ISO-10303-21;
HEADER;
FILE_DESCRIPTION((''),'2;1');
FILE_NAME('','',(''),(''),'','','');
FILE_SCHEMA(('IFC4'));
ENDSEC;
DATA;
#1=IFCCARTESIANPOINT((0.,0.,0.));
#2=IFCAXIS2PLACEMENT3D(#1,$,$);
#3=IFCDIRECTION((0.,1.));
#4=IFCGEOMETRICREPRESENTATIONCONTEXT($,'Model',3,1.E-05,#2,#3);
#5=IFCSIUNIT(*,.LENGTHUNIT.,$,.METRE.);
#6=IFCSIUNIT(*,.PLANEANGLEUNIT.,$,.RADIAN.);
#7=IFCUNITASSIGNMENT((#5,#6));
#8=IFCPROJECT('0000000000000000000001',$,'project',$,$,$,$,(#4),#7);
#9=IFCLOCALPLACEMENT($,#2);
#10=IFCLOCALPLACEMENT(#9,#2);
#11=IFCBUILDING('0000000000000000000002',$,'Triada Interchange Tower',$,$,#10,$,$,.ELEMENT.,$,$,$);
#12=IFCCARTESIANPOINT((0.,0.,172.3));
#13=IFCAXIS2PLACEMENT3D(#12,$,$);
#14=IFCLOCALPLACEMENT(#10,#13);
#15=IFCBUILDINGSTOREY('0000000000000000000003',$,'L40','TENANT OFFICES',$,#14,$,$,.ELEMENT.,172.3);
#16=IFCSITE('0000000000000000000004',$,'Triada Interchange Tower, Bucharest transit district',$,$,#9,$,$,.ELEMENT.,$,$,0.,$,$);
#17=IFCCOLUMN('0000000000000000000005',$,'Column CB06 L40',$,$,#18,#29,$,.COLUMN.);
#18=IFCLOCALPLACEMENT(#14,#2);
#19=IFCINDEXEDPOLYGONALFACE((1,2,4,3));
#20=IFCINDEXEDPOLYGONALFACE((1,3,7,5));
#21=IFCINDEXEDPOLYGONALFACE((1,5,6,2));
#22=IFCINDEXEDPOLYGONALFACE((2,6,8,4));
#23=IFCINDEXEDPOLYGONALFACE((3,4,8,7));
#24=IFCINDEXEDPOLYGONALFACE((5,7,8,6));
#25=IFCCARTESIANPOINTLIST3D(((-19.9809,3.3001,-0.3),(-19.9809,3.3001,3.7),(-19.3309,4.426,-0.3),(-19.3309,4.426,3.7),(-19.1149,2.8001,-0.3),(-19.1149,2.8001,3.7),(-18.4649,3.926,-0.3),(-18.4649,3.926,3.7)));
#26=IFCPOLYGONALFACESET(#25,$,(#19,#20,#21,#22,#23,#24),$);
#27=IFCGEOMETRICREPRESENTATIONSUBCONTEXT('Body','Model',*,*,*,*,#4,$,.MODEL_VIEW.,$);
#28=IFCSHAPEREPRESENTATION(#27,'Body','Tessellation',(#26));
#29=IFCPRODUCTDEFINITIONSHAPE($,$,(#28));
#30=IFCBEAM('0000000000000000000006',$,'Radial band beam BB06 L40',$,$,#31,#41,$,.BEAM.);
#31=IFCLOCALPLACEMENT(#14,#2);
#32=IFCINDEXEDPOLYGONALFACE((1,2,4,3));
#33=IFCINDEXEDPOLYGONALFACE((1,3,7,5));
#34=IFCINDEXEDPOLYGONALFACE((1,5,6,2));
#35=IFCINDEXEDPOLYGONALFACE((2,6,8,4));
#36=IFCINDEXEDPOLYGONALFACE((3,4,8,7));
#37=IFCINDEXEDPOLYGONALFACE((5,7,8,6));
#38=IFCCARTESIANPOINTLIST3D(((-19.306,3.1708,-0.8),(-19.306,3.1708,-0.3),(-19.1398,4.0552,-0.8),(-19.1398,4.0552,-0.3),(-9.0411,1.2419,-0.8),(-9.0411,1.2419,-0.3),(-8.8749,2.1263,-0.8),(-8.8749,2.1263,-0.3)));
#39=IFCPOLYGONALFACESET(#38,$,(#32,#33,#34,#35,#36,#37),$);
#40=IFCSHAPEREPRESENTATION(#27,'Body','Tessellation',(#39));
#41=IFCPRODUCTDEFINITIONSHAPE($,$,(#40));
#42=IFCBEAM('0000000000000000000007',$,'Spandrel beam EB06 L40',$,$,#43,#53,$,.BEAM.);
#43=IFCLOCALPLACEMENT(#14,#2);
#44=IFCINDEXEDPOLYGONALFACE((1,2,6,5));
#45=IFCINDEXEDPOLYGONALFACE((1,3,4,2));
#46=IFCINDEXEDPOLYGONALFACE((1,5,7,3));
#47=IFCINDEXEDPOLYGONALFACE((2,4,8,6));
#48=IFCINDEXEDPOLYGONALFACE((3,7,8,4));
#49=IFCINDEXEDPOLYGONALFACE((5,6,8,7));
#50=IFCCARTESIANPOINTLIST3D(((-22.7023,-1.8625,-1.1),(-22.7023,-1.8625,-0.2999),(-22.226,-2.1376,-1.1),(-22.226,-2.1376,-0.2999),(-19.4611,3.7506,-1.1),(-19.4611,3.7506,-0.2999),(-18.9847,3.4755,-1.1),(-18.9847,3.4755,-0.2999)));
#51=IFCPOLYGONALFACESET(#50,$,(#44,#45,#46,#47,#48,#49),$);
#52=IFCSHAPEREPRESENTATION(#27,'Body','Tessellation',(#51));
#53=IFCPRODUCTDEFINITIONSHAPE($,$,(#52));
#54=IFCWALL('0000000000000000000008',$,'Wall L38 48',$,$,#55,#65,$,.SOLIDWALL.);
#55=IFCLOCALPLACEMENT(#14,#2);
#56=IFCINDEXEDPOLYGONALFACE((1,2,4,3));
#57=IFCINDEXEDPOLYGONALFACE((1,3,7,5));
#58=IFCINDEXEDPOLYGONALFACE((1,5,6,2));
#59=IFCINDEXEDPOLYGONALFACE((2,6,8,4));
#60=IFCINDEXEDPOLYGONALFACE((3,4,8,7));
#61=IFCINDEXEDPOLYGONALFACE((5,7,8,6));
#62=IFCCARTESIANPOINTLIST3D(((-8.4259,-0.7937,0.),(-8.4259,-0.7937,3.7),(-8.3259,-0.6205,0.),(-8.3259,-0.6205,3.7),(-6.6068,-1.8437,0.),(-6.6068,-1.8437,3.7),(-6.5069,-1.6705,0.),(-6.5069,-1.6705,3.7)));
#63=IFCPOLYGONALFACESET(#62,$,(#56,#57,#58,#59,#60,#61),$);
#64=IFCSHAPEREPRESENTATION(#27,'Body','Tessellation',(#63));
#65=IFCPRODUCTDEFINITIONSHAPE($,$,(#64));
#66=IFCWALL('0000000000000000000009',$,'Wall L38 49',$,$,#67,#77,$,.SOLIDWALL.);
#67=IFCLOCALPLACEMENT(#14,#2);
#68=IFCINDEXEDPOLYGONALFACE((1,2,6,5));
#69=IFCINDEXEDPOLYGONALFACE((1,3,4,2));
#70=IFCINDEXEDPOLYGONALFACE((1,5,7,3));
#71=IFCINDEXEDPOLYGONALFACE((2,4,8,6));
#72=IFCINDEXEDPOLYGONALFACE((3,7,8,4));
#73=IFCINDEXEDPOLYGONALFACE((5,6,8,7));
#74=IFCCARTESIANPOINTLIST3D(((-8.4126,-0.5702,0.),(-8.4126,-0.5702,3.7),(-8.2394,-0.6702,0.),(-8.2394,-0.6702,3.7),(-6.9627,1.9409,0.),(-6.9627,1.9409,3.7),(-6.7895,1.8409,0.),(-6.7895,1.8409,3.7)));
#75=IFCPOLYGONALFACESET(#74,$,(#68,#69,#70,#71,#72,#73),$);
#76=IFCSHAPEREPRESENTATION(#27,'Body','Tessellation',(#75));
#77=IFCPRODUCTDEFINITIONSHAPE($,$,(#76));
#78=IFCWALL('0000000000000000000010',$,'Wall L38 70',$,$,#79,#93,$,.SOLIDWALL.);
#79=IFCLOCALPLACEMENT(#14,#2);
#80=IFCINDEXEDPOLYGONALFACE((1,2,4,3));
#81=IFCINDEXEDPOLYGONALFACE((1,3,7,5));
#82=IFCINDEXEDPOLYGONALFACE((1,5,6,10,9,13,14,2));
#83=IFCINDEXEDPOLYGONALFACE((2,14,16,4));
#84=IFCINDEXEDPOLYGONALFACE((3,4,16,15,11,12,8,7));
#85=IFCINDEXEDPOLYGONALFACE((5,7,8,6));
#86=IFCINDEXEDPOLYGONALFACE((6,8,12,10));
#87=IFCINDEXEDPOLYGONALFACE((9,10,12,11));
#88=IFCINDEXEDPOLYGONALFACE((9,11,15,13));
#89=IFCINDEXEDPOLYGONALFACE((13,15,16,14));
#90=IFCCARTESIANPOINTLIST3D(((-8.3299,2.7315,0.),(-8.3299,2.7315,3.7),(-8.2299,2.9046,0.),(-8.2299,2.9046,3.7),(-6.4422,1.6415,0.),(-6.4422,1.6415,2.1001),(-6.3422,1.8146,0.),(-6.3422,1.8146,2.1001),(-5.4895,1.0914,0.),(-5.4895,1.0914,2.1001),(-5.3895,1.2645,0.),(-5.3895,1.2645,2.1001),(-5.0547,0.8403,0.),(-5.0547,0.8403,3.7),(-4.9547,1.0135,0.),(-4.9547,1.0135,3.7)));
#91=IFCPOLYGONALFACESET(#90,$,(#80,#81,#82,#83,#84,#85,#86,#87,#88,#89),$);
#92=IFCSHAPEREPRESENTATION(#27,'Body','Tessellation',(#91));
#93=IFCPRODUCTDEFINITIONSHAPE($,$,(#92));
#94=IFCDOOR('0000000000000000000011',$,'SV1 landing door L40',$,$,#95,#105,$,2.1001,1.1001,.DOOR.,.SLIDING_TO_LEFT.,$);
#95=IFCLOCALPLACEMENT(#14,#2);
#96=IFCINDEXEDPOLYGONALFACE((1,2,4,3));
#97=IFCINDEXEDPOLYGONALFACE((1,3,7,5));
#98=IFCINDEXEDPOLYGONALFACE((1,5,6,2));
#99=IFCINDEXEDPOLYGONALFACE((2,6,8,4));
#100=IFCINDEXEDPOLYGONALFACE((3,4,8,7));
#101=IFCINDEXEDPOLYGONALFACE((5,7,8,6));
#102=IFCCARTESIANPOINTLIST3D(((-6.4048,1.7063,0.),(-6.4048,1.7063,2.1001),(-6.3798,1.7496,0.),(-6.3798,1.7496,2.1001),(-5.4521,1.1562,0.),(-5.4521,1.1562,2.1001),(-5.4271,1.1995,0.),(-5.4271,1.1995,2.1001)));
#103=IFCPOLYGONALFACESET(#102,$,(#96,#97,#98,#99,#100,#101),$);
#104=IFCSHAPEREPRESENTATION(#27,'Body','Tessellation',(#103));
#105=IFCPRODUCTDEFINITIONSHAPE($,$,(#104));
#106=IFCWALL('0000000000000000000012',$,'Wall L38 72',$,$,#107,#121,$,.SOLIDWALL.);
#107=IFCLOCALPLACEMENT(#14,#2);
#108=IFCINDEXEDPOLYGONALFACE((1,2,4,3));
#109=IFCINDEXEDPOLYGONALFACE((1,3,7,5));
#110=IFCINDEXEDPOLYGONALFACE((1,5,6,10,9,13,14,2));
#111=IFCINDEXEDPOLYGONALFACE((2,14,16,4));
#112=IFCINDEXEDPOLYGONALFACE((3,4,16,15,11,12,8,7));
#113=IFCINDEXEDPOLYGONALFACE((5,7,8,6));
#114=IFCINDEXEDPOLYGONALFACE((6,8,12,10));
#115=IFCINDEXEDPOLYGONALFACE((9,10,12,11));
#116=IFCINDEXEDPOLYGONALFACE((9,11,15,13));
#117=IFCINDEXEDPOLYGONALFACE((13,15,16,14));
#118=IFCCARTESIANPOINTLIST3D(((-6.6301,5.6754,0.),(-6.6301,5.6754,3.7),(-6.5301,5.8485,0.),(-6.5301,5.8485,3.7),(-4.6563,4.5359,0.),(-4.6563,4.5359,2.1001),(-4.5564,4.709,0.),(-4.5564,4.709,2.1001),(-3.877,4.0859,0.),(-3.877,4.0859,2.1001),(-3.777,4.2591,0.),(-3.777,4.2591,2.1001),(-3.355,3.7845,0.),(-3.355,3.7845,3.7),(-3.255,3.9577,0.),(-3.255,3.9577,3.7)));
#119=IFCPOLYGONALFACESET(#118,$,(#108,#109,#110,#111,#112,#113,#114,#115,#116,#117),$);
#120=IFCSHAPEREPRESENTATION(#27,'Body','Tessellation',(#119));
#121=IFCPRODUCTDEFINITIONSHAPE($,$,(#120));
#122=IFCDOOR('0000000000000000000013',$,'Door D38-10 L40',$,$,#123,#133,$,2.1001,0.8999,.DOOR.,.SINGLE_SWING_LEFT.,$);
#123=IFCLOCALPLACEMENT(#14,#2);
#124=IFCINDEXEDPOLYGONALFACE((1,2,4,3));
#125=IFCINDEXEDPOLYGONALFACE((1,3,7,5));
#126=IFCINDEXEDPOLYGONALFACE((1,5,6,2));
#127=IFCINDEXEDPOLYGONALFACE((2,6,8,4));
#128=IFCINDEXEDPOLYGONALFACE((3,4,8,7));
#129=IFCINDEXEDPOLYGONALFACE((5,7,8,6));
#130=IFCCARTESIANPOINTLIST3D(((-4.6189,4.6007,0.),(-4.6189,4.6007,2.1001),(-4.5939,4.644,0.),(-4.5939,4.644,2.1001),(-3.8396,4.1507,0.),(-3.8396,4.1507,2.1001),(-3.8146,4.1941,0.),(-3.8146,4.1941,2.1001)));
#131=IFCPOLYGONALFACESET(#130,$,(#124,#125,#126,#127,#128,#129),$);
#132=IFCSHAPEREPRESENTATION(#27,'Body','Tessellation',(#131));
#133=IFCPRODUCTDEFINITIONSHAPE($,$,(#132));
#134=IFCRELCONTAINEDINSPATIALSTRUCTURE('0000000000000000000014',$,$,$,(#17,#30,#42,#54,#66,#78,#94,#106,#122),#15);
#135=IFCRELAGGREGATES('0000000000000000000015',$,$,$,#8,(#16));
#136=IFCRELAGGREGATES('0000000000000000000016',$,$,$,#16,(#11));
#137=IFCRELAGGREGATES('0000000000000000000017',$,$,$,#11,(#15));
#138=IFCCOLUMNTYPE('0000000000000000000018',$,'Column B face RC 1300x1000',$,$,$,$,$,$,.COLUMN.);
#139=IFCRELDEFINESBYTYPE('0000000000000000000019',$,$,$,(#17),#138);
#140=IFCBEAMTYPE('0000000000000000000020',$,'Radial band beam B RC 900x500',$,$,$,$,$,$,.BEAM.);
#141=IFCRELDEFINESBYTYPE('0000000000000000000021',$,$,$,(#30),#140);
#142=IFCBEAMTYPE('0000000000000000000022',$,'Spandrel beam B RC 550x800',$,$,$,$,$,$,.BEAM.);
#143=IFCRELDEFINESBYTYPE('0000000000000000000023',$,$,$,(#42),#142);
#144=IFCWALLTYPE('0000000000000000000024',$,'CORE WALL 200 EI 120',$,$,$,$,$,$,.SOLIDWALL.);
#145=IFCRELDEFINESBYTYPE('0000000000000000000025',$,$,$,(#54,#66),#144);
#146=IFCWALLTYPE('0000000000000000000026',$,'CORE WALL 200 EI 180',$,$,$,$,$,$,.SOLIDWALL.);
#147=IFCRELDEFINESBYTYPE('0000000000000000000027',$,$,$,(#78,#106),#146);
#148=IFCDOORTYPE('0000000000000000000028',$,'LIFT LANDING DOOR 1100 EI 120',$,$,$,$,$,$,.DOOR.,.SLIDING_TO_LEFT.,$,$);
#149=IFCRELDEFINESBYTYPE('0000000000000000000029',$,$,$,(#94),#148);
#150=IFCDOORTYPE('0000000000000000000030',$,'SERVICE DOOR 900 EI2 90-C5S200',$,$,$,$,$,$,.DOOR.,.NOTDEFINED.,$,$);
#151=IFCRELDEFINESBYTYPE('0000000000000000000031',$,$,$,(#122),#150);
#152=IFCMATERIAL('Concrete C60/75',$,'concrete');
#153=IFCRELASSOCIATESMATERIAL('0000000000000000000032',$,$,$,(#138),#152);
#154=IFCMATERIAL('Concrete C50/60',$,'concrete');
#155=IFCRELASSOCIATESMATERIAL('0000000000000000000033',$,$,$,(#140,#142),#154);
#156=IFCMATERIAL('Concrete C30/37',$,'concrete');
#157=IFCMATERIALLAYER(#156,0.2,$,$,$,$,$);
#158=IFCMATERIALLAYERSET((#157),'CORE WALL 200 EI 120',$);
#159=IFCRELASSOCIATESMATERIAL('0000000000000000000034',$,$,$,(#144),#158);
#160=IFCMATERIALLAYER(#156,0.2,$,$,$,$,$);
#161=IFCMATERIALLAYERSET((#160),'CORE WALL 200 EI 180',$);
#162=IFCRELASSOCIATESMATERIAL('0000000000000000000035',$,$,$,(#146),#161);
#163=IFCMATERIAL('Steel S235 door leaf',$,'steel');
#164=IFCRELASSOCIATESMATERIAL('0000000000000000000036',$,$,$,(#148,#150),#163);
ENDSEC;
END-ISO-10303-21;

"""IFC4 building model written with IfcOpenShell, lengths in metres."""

from ifc_helpers import new_model, si_unit, direction, frame, frame_2d, origin, origin_2d, place, context, subcontext, project, spatial, rectangle, extrude, material, layer, layer_set, material_profile, profile_set, type_object, element, fill, save


model = new_model("IFC4")

# Units and contexts
model_context = context("Model", 3, precision=1e-05, world=origin(), true_north=direction((0.0, 1.0)))
body_context = subcontext(model_context, "Body", "Model", "MODEL_VIEW")
ifc_project = project(units=[si_unit("LENGTHUNIT", "METRE"), si_unit("PLANEANGLEUNIT", "RADIAN")], contexts=[model_context])

# Site, building, storey
site_placement = place(None, origin())
site = spatial("IfcSite", under=ifc_project, at=site_placement, Name="Triada Interchange Tower, Bucharest transit district", CompositionType="ELEMENT", RefElevation=0.0)
building_placement = place(site_placement, origin())
building = spatial("IfcBuilding", under=site, at=building_placement, Name="Triada Interchange Tower", CompositionType="ELEMENT")
storey_placement = place(building_placement, frame((0.0, 0.0, 172.3)))
storey = spatial("IfcBuildingStorey", under=building, at=storey_placement, Name="L40", Description="TENANT OFFICES", CompositionType="ELEMENT", Elevation=172.3)

# Column
ifc_material_1 = material(Name="Concrete C60/75", Category="concrete")
ifc_material_profile_1 = material_profile(ifc_material_1, rectangle(XDim=1.3, YDim=1.0, at=origin_2d()), Name="RC 1300x1000")
ifc_profile_set_1 = profile_set([ifc_material_profile_1], Name="Concrete C60/75")
column_type = type_object("IfcColumnType", Name="Column B face RC 1300x1000", PredefinedType="COLUMN", material=ifc_profile_set_1)
column_placement = place(storey_placement, frame((-19.2229, 3.613, -0.3), z_axis=(0.0, 0.0, 1.0), x_axis=(0.5, 0.866025, 0.0)))
element("IfcColumn", 1, at=column_placement, inside=storey, type_object=column_type, Name="Column CB06 L40", PredefinedType="COLUMN", context=body_context, shape_type="SweptSolid", body=[
    extrude(rectangle(XDim=1.3, YDim=1.0, at=origin_2d()), origin(), (0.0, 0.0, 1.0), 4.0),
])

# Beams
ifc_material_2 = material(Name="Concrete C50/60", Category="concrete")
ifc_material_profile_2 = material_profile(ifc_material_2, rectangle(XDim=0.8999, YDim=0.5, at=origin_2d()), Name="RC 900x500")
ifc_profile_set_2 = profile_set([ifc_material_profile_2], Name="Concrete C50/60")
beam_type_1 = type_object("IfcBeamType", Name="Radial band beam B RC 900x500", PredefinedType="BEAM", material=ifc_profile_set_2)
beam_1_placement = place(storey_placement, frame((-19.2229, 3.613, -0.55), z_axis=(0.982798, -0.184685, 0.0), x_axis=(0.184685, 0.982798, 0.0)))
element("IfcBeam", 2, at=beam_1_placement, inside=storey, type_object=beam_type_1, Name="Radial band beam BB06 L40", PredefinedType="BEAM", context=body_context, shape_type="SweptSolid", body=[
    extrude(rectangle(XDim=0.8999, YDim=0.5, at=origin_2d()), origin(), (0.0, 0.0, 1.0), 10.4446),
])
ifc_material_profile_3 = material_profile(ifc_material_2, rectangle(XDim=0.55, YDim=0.8, at=origin_2d()), Name="RC 550x800")
ifc_profile_set_3 = profile_set([ifc_material_profile_3], Name="Concrete C50/60")
beam_type_2 = type_object("IfcBeamType", Name="Spandrel beam B RC 550x800", PredefinedType="BEAM", material=ifc_profile_set_3)
beam_2_placement = place(storey_placement, frame((-19.2229, 3.613, -0.7), z_axis=(-0.50006, -0.86599, 0.0), x_axis=(0.86599, -0.50006, 0.0)))
element("IfcBeam", 3, at=beam_2_placement, inside=storey, type_object=beam_type_2, Name="Spandrel beam EB06 L40", PredefinedType="BEAM", context=body_context, shape_type="SweptSolid", body=[
    extrude(rectangle(XDim=0.55, YDim=0.8, at=origin_2d()), origin(), (0.0, 0.0, 1.0), 6.4817),
])

# Walls
ifc_material_3 = material(Name="Concrete C30/37", Category="concrete")
ifc_layer_1 = layer(ifc_material_3, 0.2)
ifc_layer_set_1 = layer_set([ifc_layer_1], Name="CORE WALL 200 EI 120")
wall_type_1 = type_object("IfcWallType", Name="CORE WALL 200 EI 120", PredefinedType="SOLIDWALL", material=ifc_layer_set_1)
wall_1_placement = place(storey_placement, frame((-8.376, -0.707, 0.0), z_axis=(0.0, 0.0, 1.0), x_axis=(0.866068, -0.499927, 0.0)))
element("IfcWall", 4, at=wall_1_placement, inside=storey, type_object=wall_type_1, Name="Wall L38 48", PredefinedType="SOLIDWALL", context=body_context, shape_type="SweptSolid", body=[
    extrude(rectangle(XDim=2.1003, YDim=0.2, at=frame_2d((1.0503, 0.0))), origin(), (0.0, 0.0, 1.0), 3.7),
])
wall_2_placement = place(storey_placement, frame((-8.3259, -0.6201, 0.0), z_axis=(0.0, 0.0, 1.0), x_axis=(0.500024, 0.866012, 0.0)))
element("IfcWall", 5, at=wall_2_placement, inside=storey, type_object=wall_type_1, Name="Wall L38 49", PredefinedType="SOLIDWALL", context=body_context, shape_type="SweptSolid", body=[
    extrude(rectangle(XDim=2.8997, YDim=0.2, at=frame_2d((1.4497, 0.0))), origin(), (0.0, 0.0, 1.0), 3.7),
])

# Walls, openings, doors
ifc_layer_2 = layer(ifc_material_3, 0.2)
ifc_layer_set_2 = layer_set([ifc_layer_2], Name="CORE WALL 200 EI 180")
wall_type_2 = type_object("IfcWallType", Name="CORE WALL 200 EI 180", PredefinedType="SOLIDWALL", material=ifc_layer_set_2)
wall_3_placement = place(storey_placement, frame((-8.28, 2.8181, 0.0), z_axis=(0.0, 0.0, 1.0), x_axis=(0.866002, -0.500041, 0.0)))
wall_3 = element("IfcWall", 6, at=wall_3_placement, inside=storey, type_object=wall_type_2, Name="Wall L38 70", PredefinedType="SOLIDWALL", context=body_context, shape_type="SweptSolid", body=[
    extrude(rectangle(XDim=3.782, YDim=0.2, at=frame_2d((1.8911, 0.0))), origin(), (0.0, 0.0, 1.0), 3.7),
])
opening_1_placement = place(wall_3_placement, frame((2.1799, 0.0, 0.0)))
opening_1 = element("IfcOpeningElement", 7, at=opening_1_placement, cuts=wall_3, PredefinedType="OPENING", context=body_context, shape_type="SweptSolid", body=[
    extrude(rectangle(XDim=1.1001, YDim=2.1001, at=frame_2d((0.55, 1.05))), frame((0.0, 0.1099, 0.0), z_axis=(0.0, -1.0, 0.0), x_axis=(1.0, 0.0, 0.0)), (0.0, 0.0, 1.0), 0.22),
])
ifc_material_4 = material(Name="Steel S235 door leaf", Category="steel")
door_type_1 = type_object("IfcDoorType", Name="LIFT LANDING DOOR 1100 EI 120", OperationType="SLIDING_TO_LEFT", PredefinedType="DOOR", material=ifc_material_4)
door_1_placement = place(opening_1_placement, origin())
door_1 = element("IfcDoor", 8, at=door_1_placement, inside=storey, type_object=door_type_1, Name="SV1 landing door L40", OperationType="SLIDING_TO_LEFT", OverallHeight=2.1001, OverallWidth=1.1001, PredefinedType="DOOR", context=body_context, shape_type="SweptSolid", body=[
    extrude(rectangle(XDim=1.1001, YDim=2.1001, at=frame_2d((0.55, 1.05))), frame((0.0, 0.0249, 0.0), z_axis=(0.0, -1.0, 0.0), x_axis=(1.0, 0.0, 0.0)), (0.0, 0.0, 1.0), 0.05),
])
fill(opening_1, door_1)
wall_4_placement = place(storey_placement, frame((-6.5801, 5.762, 0.0), z_axis=(0.0, 0.0, 1.0), x_axis=(0.86603, -0.499993, 0.0)))
wall_4 = element("IfcWall", 9, at=wall_4_placement, inside=storey, type_object=wall_type_2, Name="Wall L38 72", PredefinedType="SOLIDWALL", context=body_context, shape_type="SweptSolid", body=[
    extrude(rectangle(XDim=3.7817, YDim=0.2, at=frame_2d((1.8909, 0.0))), origin(), (0.0, 0.0, 1.0), 3.7),
])
opening_2_placement = place(wall_4_placement, frame((2.2791, 0.0, 0.0)))
opening_2 = element("IfcOpeningElement", 10, at=opening_2_placement, cuts=wall_4, PredefinedType="OPENING", context=body_context, shape_type="SweptSolid", body=[
    extrude(rectangle(XDim=0.8999, YDim=2.1001, at=frame_2d((0.45, 1.05))), frame((0.0, 0.1099, 0.0), z_axis=(0.0, -1.0, 0.0), x_axis=(1.0, 0.0, 0.0)), (0.0, 0.0, 1.0), 0.22),
])
door_type_2 = type_object("IfcDoorType", Name="SERVICE DOOR 900 EI2 90-C5S200", OperationType="NOTDEFINED", PredefinedType="DOOR", material=ifc_material_4)
door_2_placement = place(opening_2_placement, origin())
door_2 = element("IfcDoor", 11, at=door_2_placement, inside=storey, type_object=door_type_2, Name="Door D38-10 L40", OperationType="SINGLE_SWING_LEFT", OverallHeight=2.1001, OverallWidth=0.8999, PredefinedType="DOOR", context=body_context, shape_type="SweptSolid", body=[
    extrude(rectangle(XDim=0.8999, YDim=2.1001, at=frame_2d((0.45, 1.05))), frame((0.0, 0.0249, 0.0), z_axis=(0.0, -1.0, 0.0), x_axis=(1.0, 0.0, 0.0)), (0.0, 0.0, 1.0), 0.05),
])
fill(opening_2, door_2)

save(model, "model.ifc")
